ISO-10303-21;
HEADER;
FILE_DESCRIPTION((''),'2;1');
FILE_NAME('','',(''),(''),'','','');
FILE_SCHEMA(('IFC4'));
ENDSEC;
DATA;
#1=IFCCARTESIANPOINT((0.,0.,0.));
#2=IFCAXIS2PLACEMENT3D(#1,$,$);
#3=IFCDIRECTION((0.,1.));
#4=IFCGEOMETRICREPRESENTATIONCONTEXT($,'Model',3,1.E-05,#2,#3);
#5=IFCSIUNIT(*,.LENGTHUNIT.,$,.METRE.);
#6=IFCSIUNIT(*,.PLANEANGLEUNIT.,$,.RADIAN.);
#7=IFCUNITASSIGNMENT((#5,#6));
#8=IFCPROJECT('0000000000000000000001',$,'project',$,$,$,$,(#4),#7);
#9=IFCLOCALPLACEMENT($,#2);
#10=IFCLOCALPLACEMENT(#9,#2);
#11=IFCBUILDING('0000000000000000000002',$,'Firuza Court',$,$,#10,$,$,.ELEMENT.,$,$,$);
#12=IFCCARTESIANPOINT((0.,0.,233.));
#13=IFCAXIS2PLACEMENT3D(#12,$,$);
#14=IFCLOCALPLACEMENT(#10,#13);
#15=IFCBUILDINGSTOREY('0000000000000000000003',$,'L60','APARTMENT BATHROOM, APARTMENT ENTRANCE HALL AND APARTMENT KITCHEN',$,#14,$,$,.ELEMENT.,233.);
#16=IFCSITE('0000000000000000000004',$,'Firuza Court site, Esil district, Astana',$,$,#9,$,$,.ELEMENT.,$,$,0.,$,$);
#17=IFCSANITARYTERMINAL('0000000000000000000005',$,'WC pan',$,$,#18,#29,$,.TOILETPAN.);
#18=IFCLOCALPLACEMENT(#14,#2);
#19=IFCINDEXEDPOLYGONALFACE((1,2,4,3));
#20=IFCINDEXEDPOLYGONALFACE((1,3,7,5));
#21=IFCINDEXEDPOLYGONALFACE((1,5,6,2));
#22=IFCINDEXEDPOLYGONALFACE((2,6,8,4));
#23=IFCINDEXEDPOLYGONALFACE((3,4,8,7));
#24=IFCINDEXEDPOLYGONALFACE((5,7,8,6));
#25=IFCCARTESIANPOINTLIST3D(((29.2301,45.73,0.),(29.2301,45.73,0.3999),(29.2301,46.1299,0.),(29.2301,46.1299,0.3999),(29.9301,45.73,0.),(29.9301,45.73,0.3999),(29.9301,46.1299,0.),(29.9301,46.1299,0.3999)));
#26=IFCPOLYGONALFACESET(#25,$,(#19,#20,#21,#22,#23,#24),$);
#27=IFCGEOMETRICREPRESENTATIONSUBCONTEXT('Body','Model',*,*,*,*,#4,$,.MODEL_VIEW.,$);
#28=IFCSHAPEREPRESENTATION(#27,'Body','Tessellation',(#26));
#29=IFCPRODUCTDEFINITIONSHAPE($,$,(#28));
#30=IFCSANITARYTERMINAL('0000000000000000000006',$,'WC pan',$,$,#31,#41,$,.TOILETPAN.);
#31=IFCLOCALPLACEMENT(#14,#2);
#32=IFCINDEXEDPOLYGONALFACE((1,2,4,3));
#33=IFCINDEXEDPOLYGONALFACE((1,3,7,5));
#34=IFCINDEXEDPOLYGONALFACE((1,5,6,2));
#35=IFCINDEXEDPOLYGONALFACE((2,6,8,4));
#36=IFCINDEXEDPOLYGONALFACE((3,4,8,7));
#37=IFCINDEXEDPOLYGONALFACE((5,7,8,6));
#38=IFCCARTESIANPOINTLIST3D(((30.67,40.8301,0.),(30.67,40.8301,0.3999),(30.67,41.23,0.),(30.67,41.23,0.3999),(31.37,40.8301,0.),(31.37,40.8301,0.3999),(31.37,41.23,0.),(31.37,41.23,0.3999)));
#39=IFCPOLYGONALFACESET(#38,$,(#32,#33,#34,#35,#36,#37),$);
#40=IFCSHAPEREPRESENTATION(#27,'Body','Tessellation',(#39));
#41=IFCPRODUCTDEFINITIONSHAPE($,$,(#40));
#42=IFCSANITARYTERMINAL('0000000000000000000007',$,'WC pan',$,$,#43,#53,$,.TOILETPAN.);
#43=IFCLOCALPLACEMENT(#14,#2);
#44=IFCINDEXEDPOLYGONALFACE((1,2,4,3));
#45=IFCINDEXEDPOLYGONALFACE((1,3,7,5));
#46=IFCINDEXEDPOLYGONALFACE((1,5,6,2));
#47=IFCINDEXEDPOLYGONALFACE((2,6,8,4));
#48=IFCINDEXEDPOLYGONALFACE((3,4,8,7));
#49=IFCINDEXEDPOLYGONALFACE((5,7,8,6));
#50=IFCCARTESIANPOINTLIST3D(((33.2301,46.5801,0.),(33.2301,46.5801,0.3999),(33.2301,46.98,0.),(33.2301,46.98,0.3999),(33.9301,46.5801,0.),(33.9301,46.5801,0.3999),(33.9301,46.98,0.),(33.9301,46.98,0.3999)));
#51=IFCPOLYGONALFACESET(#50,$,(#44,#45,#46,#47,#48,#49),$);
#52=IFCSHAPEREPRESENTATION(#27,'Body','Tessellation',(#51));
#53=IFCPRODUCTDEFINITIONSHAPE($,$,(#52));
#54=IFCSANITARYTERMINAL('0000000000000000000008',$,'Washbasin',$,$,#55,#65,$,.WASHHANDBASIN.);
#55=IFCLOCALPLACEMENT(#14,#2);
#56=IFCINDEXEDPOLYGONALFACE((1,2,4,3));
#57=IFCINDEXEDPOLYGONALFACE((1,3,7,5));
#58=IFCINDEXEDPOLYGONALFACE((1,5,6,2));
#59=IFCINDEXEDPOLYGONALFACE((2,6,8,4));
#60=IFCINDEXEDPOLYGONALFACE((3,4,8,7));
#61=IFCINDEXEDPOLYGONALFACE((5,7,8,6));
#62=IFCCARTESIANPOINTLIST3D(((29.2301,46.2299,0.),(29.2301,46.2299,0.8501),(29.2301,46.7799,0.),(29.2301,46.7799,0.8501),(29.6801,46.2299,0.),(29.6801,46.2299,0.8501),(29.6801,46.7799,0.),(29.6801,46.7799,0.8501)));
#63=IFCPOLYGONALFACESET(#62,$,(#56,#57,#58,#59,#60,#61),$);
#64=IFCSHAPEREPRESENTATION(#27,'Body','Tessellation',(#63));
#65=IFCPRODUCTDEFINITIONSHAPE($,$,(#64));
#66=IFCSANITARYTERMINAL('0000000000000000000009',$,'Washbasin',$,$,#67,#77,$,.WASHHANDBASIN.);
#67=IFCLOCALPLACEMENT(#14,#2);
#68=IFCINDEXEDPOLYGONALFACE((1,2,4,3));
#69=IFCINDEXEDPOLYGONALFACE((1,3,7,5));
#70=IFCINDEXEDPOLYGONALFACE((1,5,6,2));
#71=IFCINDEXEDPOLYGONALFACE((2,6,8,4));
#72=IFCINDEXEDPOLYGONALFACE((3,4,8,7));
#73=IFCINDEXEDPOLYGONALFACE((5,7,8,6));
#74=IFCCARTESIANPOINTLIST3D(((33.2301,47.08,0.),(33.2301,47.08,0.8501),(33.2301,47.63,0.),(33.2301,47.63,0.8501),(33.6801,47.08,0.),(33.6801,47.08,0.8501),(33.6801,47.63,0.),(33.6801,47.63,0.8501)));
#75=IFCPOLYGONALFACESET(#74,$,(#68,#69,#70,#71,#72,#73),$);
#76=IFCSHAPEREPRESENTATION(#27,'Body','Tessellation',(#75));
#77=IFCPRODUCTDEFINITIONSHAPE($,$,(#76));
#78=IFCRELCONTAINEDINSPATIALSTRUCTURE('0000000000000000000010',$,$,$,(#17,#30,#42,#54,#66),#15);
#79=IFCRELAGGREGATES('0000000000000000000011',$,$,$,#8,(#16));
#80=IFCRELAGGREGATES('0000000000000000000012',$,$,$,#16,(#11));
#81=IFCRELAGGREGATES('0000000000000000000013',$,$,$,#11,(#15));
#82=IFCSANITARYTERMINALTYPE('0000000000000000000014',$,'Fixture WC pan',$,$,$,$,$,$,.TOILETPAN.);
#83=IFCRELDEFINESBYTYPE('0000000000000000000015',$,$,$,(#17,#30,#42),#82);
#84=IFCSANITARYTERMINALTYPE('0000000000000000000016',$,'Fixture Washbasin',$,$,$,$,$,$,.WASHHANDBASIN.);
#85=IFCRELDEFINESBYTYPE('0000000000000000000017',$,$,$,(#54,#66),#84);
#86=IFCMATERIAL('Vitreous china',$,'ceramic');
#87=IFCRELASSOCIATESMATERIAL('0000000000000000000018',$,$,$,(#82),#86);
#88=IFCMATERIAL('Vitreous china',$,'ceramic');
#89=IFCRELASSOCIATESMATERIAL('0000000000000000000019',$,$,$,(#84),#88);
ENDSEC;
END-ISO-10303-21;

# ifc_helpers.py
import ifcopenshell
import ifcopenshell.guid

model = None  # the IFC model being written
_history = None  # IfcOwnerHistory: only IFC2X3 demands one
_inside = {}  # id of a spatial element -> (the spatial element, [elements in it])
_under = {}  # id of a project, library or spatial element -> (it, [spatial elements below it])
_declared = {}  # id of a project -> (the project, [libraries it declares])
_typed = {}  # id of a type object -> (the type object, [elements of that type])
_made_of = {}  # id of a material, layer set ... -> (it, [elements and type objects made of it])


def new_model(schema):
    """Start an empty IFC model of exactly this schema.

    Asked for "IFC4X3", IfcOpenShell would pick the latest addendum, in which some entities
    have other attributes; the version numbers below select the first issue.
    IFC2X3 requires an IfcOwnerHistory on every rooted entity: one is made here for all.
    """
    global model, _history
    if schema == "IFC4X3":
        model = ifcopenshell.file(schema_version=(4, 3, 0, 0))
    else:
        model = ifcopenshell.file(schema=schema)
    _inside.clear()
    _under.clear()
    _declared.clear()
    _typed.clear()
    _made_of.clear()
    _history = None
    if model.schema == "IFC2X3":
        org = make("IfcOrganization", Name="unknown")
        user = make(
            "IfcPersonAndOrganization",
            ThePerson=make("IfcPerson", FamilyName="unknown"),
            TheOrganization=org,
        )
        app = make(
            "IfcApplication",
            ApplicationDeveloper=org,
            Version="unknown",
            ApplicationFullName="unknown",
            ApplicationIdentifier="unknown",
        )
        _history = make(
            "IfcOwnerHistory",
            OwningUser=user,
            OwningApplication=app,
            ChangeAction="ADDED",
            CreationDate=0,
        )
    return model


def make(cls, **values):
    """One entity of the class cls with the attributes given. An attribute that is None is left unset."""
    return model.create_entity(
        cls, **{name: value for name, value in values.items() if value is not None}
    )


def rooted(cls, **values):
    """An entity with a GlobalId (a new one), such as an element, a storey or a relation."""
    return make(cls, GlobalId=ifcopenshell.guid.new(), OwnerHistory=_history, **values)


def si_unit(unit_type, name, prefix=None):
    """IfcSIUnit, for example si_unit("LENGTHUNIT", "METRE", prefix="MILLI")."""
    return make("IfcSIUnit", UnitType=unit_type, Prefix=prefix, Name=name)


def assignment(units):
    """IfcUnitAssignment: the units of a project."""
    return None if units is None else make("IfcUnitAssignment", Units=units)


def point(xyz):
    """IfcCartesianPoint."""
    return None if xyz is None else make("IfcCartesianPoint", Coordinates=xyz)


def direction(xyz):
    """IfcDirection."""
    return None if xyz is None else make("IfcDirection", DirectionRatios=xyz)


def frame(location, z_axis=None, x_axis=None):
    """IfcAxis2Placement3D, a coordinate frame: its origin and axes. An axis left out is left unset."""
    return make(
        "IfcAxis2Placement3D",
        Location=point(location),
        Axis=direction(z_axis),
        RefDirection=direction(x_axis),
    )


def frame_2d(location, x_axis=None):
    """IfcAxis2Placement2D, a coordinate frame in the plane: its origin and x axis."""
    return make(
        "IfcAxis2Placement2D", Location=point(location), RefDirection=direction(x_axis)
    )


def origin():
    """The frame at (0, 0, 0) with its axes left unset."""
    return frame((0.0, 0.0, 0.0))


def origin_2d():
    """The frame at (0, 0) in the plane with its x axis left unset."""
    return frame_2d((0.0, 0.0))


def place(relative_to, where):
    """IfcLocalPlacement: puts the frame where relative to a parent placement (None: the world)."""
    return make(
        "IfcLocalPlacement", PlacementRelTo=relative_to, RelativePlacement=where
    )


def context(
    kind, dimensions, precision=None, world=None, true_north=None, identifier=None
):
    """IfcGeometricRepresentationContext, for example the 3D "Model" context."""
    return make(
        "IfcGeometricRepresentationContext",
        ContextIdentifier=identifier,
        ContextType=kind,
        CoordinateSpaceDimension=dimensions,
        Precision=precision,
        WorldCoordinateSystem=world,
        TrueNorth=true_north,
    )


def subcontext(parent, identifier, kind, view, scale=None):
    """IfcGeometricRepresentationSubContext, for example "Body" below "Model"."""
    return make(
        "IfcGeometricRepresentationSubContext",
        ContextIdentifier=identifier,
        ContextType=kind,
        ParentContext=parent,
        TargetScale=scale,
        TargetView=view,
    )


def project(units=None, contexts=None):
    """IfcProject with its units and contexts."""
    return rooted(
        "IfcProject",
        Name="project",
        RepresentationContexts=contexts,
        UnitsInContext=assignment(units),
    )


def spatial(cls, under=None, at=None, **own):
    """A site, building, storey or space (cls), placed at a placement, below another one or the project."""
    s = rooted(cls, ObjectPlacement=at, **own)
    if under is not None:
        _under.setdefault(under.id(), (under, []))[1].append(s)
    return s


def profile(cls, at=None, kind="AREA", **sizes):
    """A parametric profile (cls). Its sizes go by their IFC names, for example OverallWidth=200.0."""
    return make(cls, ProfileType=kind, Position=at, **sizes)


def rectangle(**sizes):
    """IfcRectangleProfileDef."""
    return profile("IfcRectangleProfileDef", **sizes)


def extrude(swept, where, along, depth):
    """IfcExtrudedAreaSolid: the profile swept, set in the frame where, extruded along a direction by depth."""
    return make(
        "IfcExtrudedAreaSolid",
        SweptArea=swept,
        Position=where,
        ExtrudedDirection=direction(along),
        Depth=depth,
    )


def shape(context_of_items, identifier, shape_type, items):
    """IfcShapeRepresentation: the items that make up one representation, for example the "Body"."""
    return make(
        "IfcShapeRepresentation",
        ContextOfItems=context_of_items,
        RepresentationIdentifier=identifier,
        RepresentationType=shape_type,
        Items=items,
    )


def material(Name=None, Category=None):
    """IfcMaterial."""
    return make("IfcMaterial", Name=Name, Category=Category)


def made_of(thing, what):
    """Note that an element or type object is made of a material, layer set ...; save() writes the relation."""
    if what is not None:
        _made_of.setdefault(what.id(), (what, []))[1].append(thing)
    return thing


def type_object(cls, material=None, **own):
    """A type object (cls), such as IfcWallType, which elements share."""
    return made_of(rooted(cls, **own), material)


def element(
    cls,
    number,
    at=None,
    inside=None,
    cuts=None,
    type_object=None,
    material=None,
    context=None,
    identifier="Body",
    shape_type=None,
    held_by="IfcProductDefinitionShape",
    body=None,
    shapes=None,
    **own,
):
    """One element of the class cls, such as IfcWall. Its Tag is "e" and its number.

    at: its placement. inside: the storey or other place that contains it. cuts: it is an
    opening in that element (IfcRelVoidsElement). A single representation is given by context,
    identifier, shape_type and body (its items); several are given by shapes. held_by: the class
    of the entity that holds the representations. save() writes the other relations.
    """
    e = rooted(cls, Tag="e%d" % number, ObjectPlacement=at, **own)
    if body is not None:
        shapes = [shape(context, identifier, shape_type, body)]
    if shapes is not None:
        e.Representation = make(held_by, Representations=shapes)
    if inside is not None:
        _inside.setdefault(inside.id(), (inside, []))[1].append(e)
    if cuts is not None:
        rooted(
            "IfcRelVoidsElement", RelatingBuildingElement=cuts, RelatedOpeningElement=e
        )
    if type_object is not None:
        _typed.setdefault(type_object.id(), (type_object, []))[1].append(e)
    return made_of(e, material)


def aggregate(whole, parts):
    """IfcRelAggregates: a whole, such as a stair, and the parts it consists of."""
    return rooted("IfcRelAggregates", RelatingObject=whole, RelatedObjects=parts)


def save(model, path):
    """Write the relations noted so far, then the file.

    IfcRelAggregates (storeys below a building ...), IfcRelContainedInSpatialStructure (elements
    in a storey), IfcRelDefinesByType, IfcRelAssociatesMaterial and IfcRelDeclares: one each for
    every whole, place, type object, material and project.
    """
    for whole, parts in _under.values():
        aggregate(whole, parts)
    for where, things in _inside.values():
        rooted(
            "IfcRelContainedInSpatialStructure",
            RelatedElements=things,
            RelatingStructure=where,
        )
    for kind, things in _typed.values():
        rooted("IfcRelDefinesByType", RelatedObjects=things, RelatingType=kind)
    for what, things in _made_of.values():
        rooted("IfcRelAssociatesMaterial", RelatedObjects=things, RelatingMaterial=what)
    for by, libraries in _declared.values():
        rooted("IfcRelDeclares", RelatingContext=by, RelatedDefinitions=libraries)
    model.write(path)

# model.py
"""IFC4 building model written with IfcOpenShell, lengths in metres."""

from ifc_helpers import new_model, si_unit, direction, frame, origin, origin_2d, place, context, subcontext, project, spatial, rectangle, extrude, material, type_object, element, save


model = new_model("IFC4")

# Units and contexts
model_context = context("Model", 3, precision=1e-05, world=origin(), true_north=direction((0.0, 1.0)))
body_context = subcontext(model_context, "Body", "Model", "MODEL_VIEW")
ifc_project = project(units=[si_unit("LENGTHUNIT", "METRE"), si_unit("PLANEANGLEUNIT", "RADIAN")], contexts=[model_context])

# Site, building, storey
site_placement = place(None, origin())
site = spatial("IfcSite", under=ifc_project, at=site_placement, Name="Firuza Court site, Esil district, Astana", CompositionType="ELEMENT", RefElevation=0.0)
building_placement = place(site_placement, origin())
building = spatial("IfcBuilding", under=site, at=building_placement, Name="Firuza Court", CompositionType="ELEMENT")
storey_placement = place(building_placement, frame((0.0, 0.0, 233.0)))
storey = spatial("IfcBuildingStorey", under=building, at=storey_placement, Name="L60", Description="APARTMENT BATHROOM, APARTMENT ENTRANCE HALL AND APARTMENT KITCHEN", CompositionType="ELEMENT", Elevation=233.0)

# Sanitary terminals
ifc_material_1 = material(Name="Vitreous china", Category="ceramic")
sanitary_terminal_type_1 = type_object("IfcSanitaryTerminalType", Name="Fixture WC pan", PredefinedType="TOILETPAN", material=ifc_material_1)
for number, where, z_axis, x_axis, name in (
    (1, (29.5801, 45.9299, 0.0), (0.0, 0.0, 1.0), (1.0, 0.0, 0.0), "WC pan"),
    (2, (31.02, 41.03, 0.0), (0.0, 0.0, 1.0), (1.0, 0.0, 0.0), "WC pan"),
    (3, (33.5801, 46.78, 0.0), (0.0, 0.0, 1.0), (1.0, 0.0, 0.0), "WC pan"),
):
    element("IfcSanitaryTerminal", number, at=place(storey_placement, frame(where, z_axis=z_axis, x_axis=x_axis)), inside=storey, type_object=sanitary_terminal_type_1, Name=name, PredefinedType="TOILETPAN", context=body_context, shape_type="SweptSolid", body=[
        extrude(rectangle(XDim=0.7, YDim=0.3999, at=origin_2d()), origin(), (0.0, 0.0, 1.0), 0.3999),
    ])
ifc_material_2 = material(Name="Vitreous china", Category="ceramic")
sanitary_terminal_type_2 = type_object("IfcSanitaryTerminalType", Name="Fixture Washbasin", PredefinedType="WASHHANDBASIN", material=ifc_material_2)
for number, where, z_axis, x_axis, name in (
    (4, (29.4551, 46.5049, 0.0), (0.0, 0.0, 1.0), (1.0, 0.0, 0.0), "Washbasin"),
    (5, (33.4551, 47.355, 0.0), (0.0, 0.0, 1.0), (1.0, 0.0, 0.0), "Washbasin"),
):
    element("IfcSanitaryTerminal", number, at=place(storey_placement, frame(where, z_axis=z_axis, x_axis=x_axis)), inside=storey, type_object=sanitary_terminal_type_2, Name=name, PredefinedType="WASHHANDBASIN", context=body_context, shape_type="SweptSolid", body=[
        extrude(rectangle(XDim=0.45, YDim=0.55, at=origin_2d()), origin(), (0.0, 0.0, 1.0), 0.8501),
    ])

save(model, "model.ifc")
